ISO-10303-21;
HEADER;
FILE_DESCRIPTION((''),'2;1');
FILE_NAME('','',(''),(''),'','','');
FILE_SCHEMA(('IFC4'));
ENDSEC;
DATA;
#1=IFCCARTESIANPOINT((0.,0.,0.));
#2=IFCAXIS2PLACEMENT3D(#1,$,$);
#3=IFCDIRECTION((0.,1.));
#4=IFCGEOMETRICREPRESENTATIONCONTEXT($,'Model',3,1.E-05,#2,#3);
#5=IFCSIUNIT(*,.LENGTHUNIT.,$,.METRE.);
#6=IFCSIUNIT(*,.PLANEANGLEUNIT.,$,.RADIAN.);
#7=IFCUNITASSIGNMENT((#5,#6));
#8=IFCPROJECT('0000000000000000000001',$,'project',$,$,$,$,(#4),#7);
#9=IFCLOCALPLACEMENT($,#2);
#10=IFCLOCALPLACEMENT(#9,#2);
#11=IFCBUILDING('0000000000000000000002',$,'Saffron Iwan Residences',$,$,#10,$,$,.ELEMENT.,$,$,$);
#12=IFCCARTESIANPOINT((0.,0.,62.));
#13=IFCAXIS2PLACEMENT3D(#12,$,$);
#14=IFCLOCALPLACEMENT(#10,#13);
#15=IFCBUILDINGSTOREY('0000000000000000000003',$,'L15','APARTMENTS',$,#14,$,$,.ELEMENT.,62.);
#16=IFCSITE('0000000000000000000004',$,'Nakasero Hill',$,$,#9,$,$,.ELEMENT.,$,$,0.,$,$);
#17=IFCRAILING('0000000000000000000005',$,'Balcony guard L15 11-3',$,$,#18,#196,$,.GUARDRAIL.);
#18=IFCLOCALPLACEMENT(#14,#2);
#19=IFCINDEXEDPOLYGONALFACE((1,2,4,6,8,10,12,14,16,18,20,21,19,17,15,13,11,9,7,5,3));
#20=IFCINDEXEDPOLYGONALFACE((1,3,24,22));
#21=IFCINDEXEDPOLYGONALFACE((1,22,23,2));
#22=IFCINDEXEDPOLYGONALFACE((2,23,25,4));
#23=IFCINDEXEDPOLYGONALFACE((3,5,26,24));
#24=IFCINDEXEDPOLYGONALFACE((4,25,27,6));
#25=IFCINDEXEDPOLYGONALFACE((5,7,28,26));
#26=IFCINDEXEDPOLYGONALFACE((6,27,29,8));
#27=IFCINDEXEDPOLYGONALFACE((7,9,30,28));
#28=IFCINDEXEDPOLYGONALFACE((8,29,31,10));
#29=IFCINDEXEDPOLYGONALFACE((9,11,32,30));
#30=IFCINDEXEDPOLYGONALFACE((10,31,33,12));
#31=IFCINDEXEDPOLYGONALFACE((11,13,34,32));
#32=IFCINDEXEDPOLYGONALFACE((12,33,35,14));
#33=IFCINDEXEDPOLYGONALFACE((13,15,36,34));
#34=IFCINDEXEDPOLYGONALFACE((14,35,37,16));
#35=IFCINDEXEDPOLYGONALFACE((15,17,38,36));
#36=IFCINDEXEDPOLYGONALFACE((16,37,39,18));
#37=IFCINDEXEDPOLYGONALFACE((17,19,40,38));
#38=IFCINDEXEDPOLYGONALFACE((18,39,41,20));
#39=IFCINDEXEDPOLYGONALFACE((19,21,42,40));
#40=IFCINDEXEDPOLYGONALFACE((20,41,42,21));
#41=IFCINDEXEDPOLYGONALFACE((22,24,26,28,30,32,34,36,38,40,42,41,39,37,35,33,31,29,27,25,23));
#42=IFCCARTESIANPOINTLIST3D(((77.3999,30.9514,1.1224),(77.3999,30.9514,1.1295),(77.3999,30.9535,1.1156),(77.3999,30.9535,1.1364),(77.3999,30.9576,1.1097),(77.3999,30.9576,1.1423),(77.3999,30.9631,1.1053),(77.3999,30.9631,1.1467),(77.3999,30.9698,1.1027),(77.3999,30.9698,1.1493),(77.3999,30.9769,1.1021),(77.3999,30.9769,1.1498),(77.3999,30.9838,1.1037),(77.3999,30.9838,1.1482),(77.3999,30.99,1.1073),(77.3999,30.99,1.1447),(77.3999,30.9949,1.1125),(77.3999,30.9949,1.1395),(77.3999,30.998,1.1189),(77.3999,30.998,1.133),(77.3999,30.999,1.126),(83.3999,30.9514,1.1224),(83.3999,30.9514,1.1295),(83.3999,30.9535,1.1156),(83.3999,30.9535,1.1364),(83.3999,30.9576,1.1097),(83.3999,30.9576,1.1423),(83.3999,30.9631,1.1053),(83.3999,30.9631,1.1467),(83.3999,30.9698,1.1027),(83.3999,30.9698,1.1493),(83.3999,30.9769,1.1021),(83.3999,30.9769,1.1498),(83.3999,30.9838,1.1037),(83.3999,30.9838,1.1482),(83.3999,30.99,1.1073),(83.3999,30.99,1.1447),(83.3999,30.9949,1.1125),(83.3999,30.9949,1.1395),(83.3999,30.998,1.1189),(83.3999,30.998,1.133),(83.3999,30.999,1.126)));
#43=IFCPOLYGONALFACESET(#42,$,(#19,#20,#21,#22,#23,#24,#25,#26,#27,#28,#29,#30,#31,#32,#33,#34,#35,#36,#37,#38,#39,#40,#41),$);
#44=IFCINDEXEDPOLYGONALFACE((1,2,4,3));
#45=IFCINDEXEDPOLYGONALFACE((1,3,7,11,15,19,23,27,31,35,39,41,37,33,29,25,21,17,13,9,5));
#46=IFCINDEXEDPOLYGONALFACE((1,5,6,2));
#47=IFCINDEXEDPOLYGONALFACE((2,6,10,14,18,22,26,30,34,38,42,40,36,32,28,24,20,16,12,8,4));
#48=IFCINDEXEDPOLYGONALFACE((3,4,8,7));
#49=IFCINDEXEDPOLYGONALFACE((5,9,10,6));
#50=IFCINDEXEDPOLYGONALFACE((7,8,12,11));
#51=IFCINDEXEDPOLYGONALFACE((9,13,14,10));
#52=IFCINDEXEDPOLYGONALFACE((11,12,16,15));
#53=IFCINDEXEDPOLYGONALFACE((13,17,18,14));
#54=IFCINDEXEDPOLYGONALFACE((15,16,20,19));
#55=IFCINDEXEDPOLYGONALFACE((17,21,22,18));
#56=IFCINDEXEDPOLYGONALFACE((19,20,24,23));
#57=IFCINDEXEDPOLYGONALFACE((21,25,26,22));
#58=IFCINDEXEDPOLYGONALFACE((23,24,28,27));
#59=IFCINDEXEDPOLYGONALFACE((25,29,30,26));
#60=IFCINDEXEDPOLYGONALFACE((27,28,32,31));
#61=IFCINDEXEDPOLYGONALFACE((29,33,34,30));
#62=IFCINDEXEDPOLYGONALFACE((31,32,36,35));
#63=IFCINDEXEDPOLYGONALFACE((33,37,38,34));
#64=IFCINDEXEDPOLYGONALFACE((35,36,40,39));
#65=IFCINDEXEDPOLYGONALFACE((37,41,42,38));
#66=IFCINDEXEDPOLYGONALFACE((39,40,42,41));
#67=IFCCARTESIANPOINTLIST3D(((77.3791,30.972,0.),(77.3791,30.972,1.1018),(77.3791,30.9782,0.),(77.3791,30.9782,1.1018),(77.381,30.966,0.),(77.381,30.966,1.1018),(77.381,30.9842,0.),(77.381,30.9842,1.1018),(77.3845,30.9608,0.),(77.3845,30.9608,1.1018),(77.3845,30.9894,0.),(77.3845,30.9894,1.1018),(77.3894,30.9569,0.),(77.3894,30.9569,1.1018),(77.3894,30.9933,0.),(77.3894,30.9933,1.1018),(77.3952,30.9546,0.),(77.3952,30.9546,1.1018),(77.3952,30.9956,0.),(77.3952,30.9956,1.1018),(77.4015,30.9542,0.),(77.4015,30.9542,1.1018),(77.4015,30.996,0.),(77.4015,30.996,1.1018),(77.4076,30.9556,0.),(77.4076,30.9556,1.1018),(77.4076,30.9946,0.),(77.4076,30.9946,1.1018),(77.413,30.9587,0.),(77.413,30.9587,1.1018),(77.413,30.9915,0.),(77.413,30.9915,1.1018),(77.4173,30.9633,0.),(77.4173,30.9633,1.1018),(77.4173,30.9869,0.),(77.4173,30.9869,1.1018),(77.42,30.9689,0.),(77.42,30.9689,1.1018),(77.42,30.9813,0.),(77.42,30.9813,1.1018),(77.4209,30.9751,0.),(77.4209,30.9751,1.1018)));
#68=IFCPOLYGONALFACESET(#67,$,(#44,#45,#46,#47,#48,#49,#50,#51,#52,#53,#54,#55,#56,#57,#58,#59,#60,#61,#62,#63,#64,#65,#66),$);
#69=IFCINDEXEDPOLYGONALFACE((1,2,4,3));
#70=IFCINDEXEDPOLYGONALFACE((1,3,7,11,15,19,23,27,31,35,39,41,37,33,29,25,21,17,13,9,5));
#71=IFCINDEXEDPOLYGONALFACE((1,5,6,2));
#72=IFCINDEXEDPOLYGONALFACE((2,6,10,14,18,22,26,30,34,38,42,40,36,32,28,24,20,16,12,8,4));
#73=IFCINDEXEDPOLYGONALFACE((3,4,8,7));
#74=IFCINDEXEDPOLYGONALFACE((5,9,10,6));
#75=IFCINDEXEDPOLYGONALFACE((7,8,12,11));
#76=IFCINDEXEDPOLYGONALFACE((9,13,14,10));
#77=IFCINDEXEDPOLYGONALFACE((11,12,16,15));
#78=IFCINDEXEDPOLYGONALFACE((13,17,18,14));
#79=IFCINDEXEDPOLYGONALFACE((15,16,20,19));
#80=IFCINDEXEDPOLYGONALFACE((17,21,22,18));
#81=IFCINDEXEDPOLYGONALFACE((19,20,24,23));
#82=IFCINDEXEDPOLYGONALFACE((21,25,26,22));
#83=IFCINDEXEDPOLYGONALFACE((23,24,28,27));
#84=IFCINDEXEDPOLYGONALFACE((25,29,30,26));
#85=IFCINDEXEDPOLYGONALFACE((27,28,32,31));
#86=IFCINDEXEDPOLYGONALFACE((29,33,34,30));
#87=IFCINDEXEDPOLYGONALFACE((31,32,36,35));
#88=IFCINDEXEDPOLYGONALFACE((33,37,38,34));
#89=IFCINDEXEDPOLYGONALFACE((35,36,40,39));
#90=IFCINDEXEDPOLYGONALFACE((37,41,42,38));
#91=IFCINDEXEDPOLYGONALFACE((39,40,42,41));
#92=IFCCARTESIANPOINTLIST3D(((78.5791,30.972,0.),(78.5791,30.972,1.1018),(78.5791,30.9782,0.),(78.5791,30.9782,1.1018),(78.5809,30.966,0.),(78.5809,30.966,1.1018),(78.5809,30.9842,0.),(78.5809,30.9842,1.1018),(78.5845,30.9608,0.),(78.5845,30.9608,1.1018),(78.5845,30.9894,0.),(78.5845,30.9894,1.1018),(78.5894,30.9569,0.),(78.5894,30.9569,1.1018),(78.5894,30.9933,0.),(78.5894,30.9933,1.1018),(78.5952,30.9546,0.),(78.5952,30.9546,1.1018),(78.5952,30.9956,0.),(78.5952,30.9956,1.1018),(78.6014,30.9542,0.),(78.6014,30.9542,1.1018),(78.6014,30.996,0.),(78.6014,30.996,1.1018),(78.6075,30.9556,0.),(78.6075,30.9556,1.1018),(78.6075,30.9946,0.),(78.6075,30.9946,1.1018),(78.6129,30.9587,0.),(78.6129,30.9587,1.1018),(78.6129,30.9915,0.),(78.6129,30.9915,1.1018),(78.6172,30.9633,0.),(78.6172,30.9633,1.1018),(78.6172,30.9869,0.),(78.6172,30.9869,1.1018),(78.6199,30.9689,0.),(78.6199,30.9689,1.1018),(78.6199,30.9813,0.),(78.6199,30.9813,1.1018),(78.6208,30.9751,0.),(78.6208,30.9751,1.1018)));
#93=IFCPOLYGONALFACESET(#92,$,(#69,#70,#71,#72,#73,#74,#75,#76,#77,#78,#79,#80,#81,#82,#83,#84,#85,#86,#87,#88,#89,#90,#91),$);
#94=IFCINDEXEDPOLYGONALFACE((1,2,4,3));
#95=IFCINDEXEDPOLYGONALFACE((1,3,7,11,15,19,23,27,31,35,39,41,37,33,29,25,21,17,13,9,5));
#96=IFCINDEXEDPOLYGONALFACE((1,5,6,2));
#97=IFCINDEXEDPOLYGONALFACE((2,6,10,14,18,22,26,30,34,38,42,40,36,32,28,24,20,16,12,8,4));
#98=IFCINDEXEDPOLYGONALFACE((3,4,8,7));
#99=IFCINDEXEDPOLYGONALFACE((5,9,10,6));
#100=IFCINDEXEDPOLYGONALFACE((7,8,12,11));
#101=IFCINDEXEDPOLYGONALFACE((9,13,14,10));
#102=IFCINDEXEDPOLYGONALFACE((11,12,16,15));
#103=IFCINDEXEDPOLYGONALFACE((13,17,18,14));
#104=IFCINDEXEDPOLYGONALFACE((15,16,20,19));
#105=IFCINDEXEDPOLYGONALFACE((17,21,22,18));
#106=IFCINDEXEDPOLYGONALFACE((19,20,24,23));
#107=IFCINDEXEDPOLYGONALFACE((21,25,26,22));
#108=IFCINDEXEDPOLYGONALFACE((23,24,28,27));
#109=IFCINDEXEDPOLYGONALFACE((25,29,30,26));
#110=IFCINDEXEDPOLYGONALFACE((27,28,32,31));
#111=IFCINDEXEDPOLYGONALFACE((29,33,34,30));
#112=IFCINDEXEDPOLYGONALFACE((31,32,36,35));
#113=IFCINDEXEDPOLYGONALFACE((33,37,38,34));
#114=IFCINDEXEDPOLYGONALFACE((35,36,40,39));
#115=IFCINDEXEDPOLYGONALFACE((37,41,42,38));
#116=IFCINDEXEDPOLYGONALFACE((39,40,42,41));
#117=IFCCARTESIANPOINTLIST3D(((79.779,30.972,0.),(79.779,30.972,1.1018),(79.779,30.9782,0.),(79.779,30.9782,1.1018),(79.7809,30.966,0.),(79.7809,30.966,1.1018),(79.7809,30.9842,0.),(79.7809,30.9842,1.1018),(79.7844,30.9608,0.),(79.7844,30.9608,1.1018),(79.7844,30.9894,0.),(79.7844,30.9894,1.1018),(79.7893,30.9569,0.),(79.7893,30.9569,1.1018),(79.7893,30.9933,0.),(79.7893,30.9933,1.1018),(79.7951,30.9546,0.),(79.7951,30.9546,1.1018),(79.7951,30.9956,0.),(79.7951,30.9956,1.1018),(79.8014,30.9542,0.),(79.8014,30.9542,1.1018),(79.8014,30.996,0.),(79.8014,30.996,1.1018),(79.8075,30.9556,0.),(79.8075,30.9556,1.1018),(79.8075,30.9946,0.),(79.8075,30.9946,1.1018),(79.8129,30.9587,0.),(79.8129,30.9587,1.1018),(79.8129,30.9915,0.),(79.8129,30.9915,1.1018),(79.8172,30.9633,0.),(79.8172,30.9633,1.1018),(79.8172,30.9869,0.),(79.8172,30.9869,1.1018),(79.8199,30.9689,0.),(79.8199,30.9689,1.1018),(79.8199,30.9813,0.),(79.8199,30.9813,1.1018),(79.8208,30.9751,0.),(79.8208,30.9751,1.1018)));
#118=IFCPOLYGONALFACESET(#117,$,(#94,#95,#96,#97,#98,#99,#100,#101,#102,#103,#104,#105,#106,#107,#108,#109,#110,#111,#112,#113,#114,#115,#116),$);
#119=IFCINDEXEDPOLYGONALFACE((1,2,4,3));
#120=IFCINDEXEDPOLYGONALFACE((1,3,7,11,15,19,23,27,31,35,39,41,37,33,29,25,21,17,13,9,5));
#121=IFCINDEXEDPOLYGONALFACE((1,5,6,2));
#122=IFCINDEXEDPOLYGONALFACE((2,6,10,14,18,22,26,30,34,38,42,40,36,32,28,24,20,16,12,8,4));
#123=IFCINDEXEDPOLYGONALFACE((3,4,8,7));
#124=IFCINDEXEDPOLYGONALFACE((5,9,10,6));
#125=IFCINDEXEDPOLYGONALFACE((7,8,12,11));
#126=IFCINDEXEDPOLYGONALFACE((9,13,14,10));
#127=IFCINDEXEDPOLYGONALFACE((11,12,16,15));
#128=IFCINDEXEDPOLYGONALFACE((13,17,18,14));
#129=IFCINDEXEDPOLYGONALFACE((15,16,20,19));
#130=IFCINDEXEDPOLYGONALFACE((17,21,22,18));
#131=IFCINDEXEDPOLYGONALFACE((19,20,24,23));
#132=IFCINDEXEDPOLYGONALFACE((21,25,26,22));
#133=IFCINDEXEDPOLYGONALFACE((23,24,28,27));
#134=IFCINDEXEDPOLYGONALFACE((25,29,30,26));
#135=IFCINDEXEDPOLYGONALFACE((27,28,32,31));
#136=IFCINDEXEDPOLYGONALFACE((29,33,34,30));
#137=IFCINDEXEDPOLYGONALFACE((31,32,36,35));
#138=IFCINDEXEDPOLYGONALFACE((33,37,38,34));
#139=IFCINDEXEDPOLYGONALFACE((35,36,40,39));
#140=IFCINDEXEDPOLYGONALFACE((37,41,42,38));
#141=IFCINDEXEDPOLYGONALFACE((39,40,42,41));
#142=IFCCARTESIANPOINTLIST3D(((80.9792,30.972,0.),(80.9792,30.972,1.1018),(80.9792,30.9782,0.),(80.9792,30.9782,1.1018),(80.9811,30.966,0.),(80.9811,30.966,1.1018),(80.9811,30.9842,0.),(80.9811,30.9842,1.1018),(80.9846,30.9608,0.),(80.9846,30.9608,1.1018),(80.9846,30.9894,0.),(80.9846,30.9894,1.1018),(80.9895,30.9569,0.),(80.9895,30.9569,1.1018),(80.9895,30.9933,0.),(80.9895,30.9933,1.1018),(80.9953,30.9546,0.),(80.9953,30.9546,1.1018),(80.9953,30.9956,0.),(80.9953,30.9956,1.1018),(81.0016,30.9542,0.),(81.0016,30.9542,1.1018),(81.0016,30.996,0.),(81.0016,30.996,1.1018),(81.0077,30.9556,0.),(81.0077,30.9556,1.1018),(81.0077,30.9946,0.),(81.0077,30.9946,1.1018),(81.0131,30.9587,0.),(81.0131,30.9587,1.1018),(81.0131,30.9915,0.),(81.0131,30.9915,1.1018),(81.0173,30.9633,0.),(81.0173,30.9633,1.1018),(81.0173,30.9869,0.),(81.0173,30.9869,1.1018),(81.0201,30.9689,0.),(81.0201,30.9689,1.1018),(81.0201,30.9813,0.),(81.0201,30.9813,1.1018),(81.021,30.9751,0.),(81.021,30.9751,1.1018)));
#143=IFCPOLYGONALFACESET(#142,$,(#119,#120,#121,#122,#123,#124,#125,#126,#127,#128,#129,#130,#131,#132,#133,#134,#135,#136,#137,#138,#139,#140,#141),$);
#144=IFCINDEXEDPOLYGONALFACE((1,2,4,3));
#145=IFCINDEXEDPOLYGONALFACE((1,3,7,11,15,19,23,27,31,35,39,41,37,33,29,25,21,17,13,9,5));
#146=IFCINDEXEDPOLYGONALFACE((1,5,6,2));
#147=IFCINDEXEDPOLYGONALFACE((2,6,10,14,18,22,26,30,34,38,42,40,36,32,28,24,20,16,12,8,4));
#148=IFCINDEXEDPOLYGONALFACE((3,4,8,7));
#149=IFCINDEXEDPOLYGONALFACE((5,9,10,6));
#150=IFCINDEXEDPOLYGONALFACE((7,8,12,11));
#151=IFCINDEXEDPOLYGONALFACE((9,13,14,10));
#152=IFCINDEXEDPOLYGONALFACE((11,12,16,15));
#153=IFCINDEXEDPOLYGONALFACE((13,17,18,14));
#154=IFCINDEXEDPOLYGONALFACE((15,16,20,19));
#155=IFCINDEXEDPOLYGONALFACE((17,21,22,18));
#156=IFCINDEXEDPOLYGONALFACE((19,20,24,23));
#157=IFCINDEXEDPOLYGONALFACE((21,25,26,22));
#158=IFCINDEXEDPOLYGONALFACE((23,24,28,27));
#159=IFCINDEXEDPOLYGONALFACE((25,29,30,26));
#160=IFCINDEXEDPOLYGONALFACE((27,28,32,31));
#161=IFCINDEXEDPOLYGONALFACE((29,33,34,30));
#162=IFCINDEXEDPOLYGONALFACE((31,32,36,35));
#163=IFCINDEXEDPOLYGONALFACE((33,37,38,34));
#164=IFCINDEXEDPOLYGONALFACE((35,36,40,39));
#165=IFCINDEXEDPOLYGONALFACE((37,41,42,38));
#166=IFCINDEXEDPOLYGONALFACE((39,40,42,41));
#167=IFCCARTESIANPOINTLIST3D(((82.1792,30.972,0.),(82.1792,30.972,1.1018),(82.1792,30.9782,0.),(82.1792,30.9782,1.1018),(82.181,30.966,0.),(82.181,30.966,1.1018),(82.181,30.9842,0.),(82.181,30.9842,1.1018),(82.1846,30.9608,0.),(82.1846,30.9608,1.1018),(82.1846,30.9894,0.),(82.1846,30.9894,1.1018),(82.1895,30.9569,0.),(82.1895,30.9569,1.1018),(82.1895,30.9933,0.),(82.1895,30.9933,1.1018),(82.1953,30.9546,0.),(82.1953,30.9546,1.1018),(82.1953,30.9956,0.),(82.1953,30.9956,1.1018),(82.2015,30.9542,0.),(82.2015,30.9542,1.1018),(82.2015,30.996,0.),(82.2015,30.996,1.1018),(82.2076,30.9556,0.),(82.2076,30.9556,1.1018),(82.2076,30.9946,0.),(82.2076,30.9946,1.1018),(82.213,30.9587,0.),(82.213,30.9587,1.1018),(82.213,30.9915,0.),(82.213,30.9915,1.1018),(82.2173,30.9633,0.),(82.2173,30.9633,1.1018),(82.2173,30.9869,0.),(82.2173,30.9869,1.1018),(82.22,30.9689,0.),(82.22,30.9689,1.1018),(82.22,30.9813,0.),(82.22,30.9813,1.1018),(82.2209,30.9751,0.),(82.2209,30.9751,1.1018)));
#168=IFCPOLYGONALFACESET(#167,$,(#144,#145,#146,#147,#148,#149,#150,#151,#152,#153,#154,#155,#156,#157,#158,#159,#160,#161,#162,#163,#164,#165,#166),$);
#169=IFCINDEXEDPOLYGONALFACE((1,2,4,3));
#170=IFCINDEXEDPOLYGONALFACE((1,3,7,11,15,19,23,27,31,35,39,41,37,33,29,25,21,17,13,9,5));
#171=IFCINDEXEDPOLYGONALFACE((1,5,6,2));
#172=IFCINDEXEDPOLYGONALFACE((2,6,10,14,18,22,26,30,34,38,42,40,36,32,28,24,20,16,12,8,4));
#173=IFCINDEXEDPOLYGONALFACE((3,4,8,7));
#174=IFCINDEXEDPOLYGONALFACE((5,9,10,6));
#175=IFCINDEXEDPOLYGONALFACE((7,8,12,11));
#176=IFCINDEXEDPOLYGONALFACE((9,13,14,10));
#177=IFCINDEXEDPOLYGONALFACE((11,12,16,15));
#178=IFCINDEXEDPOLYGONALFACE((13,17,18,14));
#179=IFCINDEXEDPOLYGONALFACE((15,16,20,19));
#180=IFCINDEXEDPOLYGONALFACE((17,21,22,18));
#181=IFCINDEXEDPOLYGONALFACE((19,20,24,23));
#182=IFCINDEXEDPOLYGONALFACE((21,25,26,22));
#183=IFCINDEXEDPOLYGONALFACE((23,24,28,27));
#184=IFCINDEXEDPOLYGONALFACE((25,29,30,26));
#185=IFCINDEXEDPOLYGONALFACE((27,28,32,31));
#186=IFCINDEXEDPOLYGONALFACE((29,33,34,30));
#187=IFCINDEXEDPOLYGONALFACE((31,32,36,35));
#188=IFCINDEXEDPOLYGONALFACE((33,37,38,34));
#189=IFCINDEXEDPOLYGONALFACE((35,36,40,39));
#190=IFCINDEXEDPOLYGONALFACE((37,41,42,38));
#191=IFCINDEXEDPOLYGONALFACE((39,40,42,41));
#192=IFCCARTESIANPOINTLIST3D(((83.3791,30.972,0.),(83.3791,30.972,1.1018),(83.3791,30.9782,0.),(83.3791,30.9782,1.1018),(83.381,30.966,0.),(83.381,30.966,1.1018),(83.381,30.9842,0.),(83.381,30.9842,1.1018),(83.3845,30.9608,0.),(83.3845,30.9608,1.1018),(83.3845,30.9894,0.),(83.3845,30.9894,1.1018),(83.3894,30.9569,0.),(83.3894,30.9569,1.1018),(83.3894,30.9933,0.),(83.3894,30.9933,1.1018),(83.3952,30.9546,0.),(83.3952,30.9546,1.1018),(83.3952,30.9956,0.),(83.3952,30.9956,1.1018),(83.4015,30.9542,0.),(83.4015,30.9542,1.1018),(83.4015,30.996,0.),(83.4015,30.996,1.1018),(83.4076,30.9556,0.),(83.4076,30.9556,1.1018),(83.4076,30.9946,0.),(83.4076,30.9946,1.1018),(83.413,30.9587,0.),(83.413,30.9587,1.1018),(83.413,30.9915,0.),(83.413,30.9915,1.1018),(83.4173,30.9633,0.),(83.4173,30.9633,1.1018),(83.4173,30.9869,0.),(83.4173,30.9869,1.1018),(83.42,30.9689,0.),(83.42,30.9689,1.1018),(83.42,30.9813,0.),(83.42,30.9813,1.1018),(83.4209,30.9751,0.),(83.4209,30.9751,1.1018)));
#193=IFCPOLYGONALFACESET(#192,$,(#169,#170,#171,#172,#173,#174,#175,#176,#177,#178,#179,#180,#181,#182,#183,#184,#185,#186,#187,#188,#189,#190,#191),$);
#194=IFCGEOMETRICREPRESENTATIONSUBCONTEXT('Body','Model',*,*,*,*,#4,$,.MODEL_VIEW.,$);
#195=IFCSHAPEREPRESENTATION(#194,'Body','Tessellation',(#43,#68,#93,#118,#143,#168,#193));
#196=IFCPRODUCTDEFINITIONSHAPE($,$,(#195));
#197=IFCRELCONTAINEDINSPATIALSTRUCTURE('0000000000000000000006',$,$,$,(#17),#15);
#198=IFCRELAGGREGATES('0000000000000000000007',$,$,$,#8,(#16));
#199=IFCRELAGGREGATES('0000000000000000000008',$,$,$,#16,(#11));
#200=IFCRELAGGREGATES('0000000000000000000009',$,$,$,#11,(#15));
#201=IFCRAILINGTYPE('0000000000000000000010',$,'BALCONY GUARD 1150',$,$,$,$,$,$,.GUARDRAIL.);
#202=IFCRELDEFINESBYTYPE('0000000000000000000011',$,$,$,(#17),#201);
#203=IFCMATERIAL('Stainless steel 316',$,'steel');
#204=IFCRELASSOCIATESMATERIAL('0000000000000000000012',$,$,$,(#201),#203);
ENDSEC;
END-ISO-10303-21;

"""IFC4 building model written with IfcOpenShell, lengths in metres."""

from ifc_helpers import new_model, si_unit, direction, frame, origin, origin_2d, place, context, subcontext, project, spatial, circle, extrude, material, type_object, element, save


model = new_model("IFC4")

# Units and contexts
model_context = context("Model", 3, precision=1e-05, world=origin(), true_north=direction((0.0, 1.0)))
body_context = subcontext(model_context, "Body", "Model", "MODEL_VIEW")
ifc_project = project(units=[si_unit("LENGTHUNIT", "METRE"), si_unit("PLANEANGLEUNIT", "RADIAN")], contexts=[model_context])

# Site, building, storey
site_placement = place(None, origin())
site = spatial("IfcSite", under=ifc_project, at=site_placement, Name="Nakasero Hill", CompositionType="ELEMENT", RefElevation=0.0)
building_placement = place(site_placement, origin())
building = spatial("IfcBuilding", under=site, at=building_placement, Name="Saffron Iwan Residences", CompositionType="ELEMENT")
storey_placement = place(building_placement, frame((0.0, 0.0, 62.0)))
storey = spatial("IfcBuildingStorey", under=building, at=storey_placement, Name="L15", Description="APARTMENTS", CompositionType="ELEMENT", Elevation=62.0)

# Railing
ifc_material_1 = material(Name="Stainless steel 316", Category="steel")
railing_type = type_object("IfcRailingType", Name="BALCONY GUARD 1150", PredefinedType="GUARDRAIL", material=ifc_material_1)
railing_placement = place(storey_placement, frame((77.3999, 30.9751, 0.0)))
element("IfcRailing", 1, at=railing_placement, inside=storey, type_object=railing_type, Name="Balcony guard L15 11-3", PredefinedType="GUARDRAIL", context=body_context, shape_type="SweptSolid", body=[
    extrude(circle(Radius=0.0239, at=origin_2d()), frame((0.0, 0.0, 1.126), z_axis=(1.0, 0.0, 0.0), x_axis=(0.0, 1.0, 0.0)), (0.0, 0.0, 1.0), 6.0),
    extrude(circle(Radius=0.021, at=origin_2d()), origin(), (0.0, 0.0, 1.0), 1.1018),
    extrude(circle(Radius=0.021, at=origin_2d()), frame((1.2, 0.0, 0.0)), (0.0, 0.0, 1.0), 1.1018),
    extrude(circle(Radius=0.021, at=origin_2d()), frame((2.3999, 0.0, 0.0)), (0.0, 0.0, 1.0), 1.1018),
    extrude(circle(Radius=0.021, at=origin_2d()), frame((3.6001, 0.0, 0.0)), (0.0, 0.0, 1.0), 1.1018),
    extrude(circle(Radius=0.021, at=origin_2d()), frame((4.8, 0.0, 0.0)), (0.0, 0.0, 1.0), 1.1018),
    extrude(circle(Radius=0.021, at=origin_2d()), frame((6.0, 0.0, 0.0)), (0.0, 0.0, 1.0), 1.1018),
])

save(model, "model.ifc")
